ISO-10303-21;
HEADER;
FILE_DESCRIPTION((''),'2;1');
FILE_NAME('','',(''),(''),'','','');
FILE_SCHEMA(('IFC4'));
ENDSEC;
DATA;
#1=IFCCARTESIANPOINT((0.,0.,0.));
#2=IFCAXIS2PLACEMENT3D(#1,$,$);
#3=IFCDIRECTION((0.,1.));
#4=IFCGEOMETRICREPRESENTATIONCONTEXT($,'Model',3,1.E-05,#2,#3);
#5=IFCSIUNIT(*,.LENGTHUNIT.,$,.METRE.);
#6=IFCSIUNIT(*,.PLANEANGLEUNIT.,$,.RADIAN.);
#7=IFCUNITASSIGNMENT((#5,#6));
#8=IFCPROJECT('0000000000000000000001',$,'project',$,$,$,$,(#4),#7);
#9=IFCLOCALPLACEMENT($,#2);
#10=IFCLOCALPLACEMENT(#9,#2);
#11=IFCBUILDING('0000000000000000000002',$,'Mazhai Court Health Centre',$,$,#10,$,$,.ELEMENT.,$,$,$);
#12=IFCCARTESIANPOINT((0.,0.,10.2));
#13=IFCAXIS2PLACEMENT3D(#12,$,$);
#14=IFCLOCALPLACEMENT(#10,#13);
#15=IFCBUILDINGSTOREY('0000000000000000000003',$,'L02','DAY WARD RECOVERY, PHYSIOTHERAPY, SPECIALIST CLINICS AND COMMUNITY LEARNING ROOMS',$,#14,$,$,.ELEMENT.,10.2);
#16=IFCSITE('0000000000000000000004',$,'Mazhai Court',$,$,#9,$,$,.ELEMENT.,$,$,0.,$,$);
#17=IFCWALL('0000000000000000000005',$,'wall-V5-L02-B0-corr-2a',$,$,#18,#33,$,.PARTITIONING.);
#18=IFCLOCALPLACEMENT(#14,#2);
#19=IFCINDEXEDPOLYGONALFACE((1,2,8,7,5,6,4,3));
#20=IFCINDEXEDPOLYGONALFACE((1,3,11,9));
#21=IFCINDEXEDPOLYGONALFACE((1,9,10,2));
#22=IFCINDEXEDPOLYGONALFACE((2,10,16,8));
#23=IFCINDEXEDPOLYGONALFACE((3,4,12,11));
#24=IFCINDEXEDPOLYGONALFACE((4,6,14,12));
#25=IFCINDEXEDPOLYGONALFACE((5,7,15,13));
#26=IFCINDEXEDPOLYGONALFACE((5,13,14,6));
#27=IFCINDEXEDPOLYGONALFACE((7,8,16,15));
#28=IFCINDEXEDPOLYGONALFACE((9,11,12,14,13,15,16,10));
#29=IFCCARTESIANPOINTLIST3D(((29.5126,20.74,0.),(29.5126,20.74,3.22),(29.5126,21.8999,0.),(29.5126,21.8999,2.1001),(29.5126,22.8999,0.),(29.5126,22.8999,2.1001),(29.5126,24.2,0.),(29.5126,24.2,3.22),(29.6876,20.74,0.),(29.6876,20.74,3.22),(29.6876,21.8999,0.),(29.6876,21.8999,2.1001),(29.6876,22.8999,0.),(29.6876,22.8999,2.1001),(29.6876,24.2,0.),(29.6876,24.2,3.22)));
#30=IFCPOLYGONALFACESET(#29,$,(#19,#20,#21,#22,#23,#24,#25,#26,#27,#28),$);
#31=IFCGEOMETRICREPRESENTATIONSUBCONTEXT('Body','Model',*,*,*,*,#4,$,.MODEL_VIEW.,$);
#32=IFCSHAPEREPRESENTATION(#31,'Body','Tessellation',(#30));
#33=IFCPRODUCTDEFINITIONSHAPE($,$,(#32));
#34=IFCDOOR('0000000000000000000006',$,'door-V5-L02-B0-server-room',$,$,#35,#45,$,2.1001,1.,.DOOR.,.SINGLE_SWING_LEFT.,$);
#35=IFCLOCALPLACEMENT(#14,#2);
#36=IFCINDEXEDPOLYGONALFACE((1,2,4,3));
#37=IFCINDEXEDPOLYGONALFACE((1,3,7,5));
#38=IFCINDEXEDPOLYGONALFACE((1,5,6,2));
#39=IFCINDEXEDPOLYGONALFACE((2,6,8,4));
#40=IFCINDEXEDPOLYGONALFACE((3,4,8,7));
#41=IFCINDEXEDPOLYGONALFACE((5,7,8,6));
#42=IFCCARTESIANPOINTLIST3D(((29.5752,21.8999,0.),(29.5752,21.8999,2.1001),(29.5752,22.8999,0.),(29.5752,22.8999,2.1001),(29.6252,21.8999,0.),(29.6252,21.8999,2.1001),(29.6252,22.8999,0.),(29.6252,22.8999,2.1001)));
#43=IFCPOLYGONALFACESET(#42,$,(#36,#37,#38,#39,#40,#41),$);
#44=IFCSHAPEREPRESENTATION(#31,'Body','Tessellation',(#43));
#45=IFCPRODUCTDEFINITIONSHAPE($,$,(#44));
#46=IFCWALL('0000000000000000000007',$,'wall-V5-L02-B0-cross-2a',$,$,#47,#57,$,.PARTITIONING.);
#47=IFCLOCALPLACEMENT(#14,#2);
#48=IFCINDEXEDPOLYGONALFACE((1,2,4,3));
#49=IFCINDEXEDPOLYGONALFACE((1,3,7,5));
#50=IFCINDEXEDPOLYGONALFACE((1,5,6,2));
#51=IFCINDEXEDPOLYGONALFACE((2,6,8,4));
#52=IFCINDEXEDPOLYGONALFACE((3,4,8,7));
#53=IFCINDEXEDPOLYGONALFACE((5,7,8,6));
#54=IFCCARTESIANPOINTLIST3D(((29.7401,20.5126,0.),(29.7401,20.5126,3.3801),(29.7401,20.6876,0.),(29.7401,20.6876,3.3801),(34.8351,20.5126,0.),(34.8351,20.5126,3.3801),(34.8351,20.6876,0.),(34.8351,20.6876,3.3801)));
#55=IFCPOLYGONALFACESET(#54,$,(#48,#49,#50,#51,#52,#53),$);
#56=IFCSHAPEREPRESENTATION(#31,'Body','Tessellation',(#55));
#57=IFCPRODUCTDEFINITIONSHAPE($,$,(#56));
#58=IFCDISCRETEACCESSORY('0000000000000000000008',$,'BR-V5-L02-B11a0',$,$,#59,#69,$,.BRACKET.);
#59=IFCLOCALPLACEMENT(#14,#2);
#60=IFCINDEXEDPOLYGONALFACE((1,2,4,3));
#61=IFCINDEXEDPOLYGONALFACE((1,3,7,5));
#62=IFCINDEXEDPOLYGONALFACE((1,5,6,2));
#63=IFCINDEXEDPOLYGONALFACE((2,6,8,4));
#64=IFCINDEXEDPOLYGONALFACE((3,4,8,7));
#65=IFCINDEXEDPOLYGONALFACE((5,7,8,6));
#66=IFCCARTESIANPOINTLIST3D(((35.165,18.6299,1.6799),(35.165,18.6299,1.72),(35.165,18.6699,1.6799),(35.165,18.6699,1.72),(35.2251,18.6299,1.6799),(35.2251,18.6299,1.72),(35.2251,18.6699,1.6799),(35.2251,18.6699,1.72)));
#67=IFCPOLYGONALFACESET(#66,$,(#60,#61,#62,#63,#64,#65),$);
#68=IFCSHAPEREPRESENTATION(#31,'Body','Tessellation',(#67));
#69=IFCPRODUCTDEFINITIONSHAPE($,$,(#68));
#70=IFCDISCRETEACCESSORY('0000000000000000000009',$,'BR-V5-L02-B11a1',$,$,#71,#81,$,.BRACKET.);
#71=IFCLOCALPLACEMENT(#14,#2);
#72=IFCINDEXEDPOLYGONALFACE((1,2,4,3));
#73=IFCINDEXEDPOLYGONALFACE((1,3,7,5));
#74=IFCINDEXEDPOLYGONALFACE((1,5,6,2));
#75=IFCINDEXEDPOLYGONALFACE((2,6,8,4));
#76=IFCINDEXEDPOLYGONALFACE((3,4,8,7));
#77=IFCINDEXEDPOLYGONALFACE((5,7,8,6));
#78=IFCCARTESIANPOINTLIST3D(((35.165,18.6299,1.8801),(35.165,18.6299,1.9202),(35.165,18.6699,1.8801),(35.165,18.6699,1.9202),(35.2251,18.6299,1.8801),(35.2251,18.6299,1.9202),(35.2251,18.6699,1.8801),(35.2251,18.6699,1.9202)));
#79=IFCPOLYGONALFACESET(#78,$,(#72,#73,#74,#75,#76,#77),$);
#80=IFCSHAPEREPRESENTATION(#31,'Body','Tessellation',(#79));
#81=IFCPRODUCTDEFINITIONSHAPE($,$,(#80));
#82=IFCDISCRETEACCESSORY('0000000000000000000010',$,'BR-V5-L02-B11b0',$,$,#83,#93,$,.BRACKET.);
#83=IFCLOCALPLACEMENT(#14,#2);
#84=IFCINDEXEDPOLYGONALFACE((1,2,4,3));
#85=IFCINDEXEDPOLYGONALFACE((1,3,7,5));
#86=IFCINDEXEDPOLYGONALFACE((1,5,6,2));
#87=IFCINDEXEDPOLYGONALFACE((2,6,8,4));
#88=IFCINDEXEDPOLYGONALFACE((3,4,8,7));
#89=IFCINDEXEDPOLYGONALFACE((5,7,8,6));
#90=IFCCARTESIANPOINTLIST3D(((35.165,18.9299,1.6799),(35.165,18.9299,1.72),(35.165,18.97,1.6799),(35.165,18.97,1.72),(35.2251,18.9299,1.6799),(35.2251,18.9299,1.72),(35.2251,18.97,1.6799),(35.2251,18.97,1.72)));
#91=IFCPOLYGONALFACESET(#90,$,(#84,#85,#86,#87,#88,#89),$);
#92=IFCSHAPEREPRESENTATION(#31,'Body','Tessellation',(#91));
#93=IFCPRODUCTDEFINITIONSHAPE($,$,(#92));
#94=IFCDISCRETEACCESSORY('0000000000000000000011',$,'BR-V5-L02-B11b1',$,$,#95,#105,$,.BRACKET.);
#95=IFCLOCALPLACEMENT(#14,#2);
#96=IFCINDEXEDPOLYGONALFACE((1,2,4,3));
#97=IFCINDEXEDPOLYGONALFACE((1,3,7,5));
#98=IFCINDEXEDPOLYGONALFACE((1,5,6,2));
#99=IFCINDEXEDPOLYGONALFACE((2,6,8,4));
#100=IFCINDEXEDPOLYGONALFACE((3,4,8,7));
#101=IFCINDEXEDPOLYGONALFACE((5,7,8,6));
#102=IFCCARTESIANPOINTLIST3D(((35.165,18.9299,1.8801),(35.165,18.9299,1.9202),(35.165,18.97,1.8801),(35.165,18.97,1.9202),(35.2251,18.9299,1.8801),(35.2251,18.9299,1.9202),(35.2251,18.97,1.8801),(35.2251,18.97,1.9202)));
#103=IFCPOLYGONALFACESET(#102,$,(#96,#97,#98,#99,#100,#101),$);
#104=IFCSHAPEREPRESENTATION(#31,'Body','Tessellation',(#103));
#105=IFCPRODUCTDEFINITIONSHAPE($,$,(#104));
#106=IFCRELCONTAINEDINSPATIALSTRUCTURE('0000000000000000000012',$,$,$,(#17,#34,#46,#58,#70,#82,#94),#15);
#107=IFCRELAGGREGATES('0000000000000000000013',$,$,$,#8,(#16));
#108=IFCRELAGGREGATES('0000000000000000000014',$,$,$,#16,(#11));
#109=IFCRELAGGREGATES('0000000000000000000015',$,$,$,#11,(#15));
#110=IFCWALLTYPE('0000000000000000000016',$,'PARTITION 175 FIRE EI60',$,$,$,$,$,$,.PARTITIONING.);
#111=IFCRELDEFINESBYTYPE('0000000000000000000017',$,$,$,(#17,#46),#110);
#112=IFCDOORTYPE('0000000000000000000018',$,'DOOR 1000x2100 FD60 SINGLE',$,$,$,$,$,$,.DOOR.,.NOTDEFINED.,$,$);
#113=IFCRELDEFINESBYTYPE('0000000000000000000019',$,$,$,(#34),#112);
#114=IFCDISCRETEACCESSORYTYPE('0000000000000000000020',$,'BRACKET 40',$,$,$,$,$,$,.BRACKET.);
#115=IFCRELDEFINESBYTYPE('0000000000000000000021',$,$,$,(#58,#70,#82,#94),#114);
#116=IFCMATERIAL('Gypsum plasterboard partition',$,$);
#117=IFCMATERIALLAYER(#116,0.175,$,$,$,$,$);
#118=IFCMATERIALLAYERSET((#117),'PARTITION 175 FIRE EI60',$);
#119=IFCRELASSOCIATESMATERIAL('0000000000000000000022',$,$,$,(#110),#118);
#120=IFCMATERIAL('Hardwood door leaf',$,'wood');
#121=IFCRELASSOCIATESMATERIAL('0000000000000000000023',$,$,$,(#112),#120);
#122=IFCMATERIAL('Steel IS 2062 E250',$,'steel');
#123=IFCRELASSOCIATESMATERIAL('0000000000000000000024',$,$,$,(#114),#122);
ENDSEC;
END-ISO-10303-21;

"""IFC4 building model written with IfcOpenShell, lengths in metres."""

from ifc_helpers import new_model, si_unit, direction, frame, frame_2d, origin, origin_2d, place, context, subcontext, project, spatial, rectangle, extrude, material, layer, layer_set, type_object, element, fill, save


model = new_model("IFC4")

# Units and contexts
model_context = context("Model", 3, precision=1e-05, world=origin(), true_north=direction((0.0, 1.0)))
body_context = subcontext(model_context, "Body", "Model", "MODEL_VIEW")
ifc_project = project(units=[si_unit("LENGTHUNIT", "METRE"), si_unit("PLANEANGLEUNIT", "RADIAN")], contexts=[model_context])

# Site, building, storey
site_placement = place(None, origin())
site = spatial("IfcSite", under=ifc_project, at=site_placement, Name="Mazhai Court", CompositionType="ELEMENT", RefElevation=0.0)
building_placement = place(site_placement, origin())
building = spatial("IfcBuilding", under=site, at=building_placement, Name="Mazhai Court Health Centre", CompositionType="ELEMENT")
storey_placement = place(building_placement, frame((0.0, 0.0, 10.2)))
storey = spatial("IfcBuildingStorey", under=building, at=storey_placement, Name="L02", Description="DAY WARD RECOVERY, PHYSIOTHERAPY, SPECIALIST CLINICS AND COMMUNITY LEARNING ROOMS", CompositionType="ELEMENT", Elevation=10.2)

# Wall, opening, door
ifc_material_1 = material(Name="Gypsum plasterboard partition")
ifc_layer_1 = layer(ifc_material_1, 0.175)
ifc_layer_set_1 = layer_set([ifc_layer_1], Name="PARTITION 175 FIRE EI60")
wall_type_1 = type_object("IfcWallType", Name="PARTITION 175 FIRE EI60", PredefinedType="PARTITIONING", material=ifc_layer_set_1)
wall_1_placement = place(storey_placement, frame((29.6001, 20.74, 0.0), z_axis=(0.0, 0.0, 1.0), x_axis=(0.0, 1.0, 0.0)))
wall_1 = element("IfcWall", 1, at=wall_1_placement, inside=storey, type_object=wall_type_1, Name="wall-V5-L02-B0-corr-2a", PredefinedType="PARTITIONING", context=body_context, shape_type="SweptSolid", body=[
    extrude(rectangle(XDim=3.46, YDim=0.175, at=frame_2d((1.73, 0.0))), origin(), (0.0, 0.0, 1.0), 3.22),
])
opening_1_placement = place(wall_1_placement, frame((1.1599, 0.0, 0.0)))
opening_1 = element("IfcOpeningElement", 2, at=opening_1_placement, cuts=wall_1, PredefinedType="OPENING", context=body_context, shape_type="SweptSolid", body=[
    extrude(rectangle(XDim=1.0, YDim=2.1001, at=frame_2d((0.5, 1.05))), frame((0.0, 0.0974, 0.0), z_axis=(0.0, -1.0, 0.0), x_axis=(1.0, 0.0, 0.0)), (0.0, 0.0, 1.0), 0.1951),
])
ifc_material_2 = material(Name="Hardwood door leaf", Category="wood")
door_type_1 = type_object("IfcDoorType", Name="DOOR 1000x2100 FD60 SINGLE", OperationType="NOTDEFINED", PredefinedType="DOOR", material=ifc_material_2)
door_1_placement = place(opening_1_placement, origin())
door_1 = element("IfcDoor", 3, at=door_1_placement, inside=storey, type_object=door_type_1, Name="door-V5-L02-B0-server-room", OperationType="SINGLE_SWING_LEFT", OverallHeight=2.1001, OverallWidth=1.0, PredefinedType="DOOR", context=body_context, shape_type="SweptSolid", body=[
    extrude(rectangle(XDim=1.0, YDim=2.1001, at=frame_2d((0.5, 1.05))), frame((0.0, 0.0249, 0.0), z_axis=(0.0, -1.0, 0.0), x_axis=(1.0, 0.0, 0.0)), (0.0, 0.0, 1.0), 0.05),
])
fill(opening_1, door_1)

# Wall
wall_2_placement = place(storey_placement, frame((34.835, 20.6001, 0.0), z_axis=(0.0, 0.0, 1.0), x_axis=(-1.0, 0.0, 0.0)))
element("IfcWall", 4, at=wall_2_placement, inside=storey, type_object=wall_type_1, Name="wall-V5-L02-B0-cross-2a", PredefinedType="PARTITIONING", context=body_context, shape_type="SweptSolid", body=[
    extrude(rectangle(XDim=5.095, YDim=0.175, at=frame_2d((2.5474, 0.0))), origin(), (0.0, 0.0, 1.0), 3.3801),
])

# Discrete accessories
ifc_material_3 = material(Name="Steel IS 2062 E250", Category="steel")
discrete_accessory_type = type_object("IfcDiscreteAccessoryType", Name="BRACKET 40", PredefinedType="BRACKET", material=ifc_material_3)
for number, where, z_axis, x_axis, name in (
    (5, (35.1951, 18.6499, 1.6799), (0.0, 0.0, 1.0), (0.0, 1.0, 0.0), "BR-V5-L02-B11a0"),
    (6, (35.1951, 18.6499, 1.8801), (0.0, 0.0, 1.0), (0.0, 1.0, 0.0), "BR-V5-L02-B11a1"),
    (7, (35.1951, 18.95, 1.6799), (0.0, 0.0, 1.0), (0.0, 1.0, 0.0), "BR-V5-L02-B11b0"),
    (8, (35.1951, 18.95, 1.8801), (0.0, 0.0, 1.0), (0.0, 1.0, 0.0), "BR-V5-L02-B11b1"),
):
    element("IfcDiscreteAccessory", number, at=place(storey_placement, frame(where, z_axis=z_axis, x_axis=x_axis)), inside=storey, type_object=discrete_accessory_type, Name=name, PredefinedType="BRACKET", context=body_context, shape_type="SweptSolid", body=[
        extrude(rectangle(XDim=0.04, YDim=0.0601, at=origin_2d()), origin(), (0.0, 0.0, 1.0), 0.04),
    ])

save(model, "model.ifc")
